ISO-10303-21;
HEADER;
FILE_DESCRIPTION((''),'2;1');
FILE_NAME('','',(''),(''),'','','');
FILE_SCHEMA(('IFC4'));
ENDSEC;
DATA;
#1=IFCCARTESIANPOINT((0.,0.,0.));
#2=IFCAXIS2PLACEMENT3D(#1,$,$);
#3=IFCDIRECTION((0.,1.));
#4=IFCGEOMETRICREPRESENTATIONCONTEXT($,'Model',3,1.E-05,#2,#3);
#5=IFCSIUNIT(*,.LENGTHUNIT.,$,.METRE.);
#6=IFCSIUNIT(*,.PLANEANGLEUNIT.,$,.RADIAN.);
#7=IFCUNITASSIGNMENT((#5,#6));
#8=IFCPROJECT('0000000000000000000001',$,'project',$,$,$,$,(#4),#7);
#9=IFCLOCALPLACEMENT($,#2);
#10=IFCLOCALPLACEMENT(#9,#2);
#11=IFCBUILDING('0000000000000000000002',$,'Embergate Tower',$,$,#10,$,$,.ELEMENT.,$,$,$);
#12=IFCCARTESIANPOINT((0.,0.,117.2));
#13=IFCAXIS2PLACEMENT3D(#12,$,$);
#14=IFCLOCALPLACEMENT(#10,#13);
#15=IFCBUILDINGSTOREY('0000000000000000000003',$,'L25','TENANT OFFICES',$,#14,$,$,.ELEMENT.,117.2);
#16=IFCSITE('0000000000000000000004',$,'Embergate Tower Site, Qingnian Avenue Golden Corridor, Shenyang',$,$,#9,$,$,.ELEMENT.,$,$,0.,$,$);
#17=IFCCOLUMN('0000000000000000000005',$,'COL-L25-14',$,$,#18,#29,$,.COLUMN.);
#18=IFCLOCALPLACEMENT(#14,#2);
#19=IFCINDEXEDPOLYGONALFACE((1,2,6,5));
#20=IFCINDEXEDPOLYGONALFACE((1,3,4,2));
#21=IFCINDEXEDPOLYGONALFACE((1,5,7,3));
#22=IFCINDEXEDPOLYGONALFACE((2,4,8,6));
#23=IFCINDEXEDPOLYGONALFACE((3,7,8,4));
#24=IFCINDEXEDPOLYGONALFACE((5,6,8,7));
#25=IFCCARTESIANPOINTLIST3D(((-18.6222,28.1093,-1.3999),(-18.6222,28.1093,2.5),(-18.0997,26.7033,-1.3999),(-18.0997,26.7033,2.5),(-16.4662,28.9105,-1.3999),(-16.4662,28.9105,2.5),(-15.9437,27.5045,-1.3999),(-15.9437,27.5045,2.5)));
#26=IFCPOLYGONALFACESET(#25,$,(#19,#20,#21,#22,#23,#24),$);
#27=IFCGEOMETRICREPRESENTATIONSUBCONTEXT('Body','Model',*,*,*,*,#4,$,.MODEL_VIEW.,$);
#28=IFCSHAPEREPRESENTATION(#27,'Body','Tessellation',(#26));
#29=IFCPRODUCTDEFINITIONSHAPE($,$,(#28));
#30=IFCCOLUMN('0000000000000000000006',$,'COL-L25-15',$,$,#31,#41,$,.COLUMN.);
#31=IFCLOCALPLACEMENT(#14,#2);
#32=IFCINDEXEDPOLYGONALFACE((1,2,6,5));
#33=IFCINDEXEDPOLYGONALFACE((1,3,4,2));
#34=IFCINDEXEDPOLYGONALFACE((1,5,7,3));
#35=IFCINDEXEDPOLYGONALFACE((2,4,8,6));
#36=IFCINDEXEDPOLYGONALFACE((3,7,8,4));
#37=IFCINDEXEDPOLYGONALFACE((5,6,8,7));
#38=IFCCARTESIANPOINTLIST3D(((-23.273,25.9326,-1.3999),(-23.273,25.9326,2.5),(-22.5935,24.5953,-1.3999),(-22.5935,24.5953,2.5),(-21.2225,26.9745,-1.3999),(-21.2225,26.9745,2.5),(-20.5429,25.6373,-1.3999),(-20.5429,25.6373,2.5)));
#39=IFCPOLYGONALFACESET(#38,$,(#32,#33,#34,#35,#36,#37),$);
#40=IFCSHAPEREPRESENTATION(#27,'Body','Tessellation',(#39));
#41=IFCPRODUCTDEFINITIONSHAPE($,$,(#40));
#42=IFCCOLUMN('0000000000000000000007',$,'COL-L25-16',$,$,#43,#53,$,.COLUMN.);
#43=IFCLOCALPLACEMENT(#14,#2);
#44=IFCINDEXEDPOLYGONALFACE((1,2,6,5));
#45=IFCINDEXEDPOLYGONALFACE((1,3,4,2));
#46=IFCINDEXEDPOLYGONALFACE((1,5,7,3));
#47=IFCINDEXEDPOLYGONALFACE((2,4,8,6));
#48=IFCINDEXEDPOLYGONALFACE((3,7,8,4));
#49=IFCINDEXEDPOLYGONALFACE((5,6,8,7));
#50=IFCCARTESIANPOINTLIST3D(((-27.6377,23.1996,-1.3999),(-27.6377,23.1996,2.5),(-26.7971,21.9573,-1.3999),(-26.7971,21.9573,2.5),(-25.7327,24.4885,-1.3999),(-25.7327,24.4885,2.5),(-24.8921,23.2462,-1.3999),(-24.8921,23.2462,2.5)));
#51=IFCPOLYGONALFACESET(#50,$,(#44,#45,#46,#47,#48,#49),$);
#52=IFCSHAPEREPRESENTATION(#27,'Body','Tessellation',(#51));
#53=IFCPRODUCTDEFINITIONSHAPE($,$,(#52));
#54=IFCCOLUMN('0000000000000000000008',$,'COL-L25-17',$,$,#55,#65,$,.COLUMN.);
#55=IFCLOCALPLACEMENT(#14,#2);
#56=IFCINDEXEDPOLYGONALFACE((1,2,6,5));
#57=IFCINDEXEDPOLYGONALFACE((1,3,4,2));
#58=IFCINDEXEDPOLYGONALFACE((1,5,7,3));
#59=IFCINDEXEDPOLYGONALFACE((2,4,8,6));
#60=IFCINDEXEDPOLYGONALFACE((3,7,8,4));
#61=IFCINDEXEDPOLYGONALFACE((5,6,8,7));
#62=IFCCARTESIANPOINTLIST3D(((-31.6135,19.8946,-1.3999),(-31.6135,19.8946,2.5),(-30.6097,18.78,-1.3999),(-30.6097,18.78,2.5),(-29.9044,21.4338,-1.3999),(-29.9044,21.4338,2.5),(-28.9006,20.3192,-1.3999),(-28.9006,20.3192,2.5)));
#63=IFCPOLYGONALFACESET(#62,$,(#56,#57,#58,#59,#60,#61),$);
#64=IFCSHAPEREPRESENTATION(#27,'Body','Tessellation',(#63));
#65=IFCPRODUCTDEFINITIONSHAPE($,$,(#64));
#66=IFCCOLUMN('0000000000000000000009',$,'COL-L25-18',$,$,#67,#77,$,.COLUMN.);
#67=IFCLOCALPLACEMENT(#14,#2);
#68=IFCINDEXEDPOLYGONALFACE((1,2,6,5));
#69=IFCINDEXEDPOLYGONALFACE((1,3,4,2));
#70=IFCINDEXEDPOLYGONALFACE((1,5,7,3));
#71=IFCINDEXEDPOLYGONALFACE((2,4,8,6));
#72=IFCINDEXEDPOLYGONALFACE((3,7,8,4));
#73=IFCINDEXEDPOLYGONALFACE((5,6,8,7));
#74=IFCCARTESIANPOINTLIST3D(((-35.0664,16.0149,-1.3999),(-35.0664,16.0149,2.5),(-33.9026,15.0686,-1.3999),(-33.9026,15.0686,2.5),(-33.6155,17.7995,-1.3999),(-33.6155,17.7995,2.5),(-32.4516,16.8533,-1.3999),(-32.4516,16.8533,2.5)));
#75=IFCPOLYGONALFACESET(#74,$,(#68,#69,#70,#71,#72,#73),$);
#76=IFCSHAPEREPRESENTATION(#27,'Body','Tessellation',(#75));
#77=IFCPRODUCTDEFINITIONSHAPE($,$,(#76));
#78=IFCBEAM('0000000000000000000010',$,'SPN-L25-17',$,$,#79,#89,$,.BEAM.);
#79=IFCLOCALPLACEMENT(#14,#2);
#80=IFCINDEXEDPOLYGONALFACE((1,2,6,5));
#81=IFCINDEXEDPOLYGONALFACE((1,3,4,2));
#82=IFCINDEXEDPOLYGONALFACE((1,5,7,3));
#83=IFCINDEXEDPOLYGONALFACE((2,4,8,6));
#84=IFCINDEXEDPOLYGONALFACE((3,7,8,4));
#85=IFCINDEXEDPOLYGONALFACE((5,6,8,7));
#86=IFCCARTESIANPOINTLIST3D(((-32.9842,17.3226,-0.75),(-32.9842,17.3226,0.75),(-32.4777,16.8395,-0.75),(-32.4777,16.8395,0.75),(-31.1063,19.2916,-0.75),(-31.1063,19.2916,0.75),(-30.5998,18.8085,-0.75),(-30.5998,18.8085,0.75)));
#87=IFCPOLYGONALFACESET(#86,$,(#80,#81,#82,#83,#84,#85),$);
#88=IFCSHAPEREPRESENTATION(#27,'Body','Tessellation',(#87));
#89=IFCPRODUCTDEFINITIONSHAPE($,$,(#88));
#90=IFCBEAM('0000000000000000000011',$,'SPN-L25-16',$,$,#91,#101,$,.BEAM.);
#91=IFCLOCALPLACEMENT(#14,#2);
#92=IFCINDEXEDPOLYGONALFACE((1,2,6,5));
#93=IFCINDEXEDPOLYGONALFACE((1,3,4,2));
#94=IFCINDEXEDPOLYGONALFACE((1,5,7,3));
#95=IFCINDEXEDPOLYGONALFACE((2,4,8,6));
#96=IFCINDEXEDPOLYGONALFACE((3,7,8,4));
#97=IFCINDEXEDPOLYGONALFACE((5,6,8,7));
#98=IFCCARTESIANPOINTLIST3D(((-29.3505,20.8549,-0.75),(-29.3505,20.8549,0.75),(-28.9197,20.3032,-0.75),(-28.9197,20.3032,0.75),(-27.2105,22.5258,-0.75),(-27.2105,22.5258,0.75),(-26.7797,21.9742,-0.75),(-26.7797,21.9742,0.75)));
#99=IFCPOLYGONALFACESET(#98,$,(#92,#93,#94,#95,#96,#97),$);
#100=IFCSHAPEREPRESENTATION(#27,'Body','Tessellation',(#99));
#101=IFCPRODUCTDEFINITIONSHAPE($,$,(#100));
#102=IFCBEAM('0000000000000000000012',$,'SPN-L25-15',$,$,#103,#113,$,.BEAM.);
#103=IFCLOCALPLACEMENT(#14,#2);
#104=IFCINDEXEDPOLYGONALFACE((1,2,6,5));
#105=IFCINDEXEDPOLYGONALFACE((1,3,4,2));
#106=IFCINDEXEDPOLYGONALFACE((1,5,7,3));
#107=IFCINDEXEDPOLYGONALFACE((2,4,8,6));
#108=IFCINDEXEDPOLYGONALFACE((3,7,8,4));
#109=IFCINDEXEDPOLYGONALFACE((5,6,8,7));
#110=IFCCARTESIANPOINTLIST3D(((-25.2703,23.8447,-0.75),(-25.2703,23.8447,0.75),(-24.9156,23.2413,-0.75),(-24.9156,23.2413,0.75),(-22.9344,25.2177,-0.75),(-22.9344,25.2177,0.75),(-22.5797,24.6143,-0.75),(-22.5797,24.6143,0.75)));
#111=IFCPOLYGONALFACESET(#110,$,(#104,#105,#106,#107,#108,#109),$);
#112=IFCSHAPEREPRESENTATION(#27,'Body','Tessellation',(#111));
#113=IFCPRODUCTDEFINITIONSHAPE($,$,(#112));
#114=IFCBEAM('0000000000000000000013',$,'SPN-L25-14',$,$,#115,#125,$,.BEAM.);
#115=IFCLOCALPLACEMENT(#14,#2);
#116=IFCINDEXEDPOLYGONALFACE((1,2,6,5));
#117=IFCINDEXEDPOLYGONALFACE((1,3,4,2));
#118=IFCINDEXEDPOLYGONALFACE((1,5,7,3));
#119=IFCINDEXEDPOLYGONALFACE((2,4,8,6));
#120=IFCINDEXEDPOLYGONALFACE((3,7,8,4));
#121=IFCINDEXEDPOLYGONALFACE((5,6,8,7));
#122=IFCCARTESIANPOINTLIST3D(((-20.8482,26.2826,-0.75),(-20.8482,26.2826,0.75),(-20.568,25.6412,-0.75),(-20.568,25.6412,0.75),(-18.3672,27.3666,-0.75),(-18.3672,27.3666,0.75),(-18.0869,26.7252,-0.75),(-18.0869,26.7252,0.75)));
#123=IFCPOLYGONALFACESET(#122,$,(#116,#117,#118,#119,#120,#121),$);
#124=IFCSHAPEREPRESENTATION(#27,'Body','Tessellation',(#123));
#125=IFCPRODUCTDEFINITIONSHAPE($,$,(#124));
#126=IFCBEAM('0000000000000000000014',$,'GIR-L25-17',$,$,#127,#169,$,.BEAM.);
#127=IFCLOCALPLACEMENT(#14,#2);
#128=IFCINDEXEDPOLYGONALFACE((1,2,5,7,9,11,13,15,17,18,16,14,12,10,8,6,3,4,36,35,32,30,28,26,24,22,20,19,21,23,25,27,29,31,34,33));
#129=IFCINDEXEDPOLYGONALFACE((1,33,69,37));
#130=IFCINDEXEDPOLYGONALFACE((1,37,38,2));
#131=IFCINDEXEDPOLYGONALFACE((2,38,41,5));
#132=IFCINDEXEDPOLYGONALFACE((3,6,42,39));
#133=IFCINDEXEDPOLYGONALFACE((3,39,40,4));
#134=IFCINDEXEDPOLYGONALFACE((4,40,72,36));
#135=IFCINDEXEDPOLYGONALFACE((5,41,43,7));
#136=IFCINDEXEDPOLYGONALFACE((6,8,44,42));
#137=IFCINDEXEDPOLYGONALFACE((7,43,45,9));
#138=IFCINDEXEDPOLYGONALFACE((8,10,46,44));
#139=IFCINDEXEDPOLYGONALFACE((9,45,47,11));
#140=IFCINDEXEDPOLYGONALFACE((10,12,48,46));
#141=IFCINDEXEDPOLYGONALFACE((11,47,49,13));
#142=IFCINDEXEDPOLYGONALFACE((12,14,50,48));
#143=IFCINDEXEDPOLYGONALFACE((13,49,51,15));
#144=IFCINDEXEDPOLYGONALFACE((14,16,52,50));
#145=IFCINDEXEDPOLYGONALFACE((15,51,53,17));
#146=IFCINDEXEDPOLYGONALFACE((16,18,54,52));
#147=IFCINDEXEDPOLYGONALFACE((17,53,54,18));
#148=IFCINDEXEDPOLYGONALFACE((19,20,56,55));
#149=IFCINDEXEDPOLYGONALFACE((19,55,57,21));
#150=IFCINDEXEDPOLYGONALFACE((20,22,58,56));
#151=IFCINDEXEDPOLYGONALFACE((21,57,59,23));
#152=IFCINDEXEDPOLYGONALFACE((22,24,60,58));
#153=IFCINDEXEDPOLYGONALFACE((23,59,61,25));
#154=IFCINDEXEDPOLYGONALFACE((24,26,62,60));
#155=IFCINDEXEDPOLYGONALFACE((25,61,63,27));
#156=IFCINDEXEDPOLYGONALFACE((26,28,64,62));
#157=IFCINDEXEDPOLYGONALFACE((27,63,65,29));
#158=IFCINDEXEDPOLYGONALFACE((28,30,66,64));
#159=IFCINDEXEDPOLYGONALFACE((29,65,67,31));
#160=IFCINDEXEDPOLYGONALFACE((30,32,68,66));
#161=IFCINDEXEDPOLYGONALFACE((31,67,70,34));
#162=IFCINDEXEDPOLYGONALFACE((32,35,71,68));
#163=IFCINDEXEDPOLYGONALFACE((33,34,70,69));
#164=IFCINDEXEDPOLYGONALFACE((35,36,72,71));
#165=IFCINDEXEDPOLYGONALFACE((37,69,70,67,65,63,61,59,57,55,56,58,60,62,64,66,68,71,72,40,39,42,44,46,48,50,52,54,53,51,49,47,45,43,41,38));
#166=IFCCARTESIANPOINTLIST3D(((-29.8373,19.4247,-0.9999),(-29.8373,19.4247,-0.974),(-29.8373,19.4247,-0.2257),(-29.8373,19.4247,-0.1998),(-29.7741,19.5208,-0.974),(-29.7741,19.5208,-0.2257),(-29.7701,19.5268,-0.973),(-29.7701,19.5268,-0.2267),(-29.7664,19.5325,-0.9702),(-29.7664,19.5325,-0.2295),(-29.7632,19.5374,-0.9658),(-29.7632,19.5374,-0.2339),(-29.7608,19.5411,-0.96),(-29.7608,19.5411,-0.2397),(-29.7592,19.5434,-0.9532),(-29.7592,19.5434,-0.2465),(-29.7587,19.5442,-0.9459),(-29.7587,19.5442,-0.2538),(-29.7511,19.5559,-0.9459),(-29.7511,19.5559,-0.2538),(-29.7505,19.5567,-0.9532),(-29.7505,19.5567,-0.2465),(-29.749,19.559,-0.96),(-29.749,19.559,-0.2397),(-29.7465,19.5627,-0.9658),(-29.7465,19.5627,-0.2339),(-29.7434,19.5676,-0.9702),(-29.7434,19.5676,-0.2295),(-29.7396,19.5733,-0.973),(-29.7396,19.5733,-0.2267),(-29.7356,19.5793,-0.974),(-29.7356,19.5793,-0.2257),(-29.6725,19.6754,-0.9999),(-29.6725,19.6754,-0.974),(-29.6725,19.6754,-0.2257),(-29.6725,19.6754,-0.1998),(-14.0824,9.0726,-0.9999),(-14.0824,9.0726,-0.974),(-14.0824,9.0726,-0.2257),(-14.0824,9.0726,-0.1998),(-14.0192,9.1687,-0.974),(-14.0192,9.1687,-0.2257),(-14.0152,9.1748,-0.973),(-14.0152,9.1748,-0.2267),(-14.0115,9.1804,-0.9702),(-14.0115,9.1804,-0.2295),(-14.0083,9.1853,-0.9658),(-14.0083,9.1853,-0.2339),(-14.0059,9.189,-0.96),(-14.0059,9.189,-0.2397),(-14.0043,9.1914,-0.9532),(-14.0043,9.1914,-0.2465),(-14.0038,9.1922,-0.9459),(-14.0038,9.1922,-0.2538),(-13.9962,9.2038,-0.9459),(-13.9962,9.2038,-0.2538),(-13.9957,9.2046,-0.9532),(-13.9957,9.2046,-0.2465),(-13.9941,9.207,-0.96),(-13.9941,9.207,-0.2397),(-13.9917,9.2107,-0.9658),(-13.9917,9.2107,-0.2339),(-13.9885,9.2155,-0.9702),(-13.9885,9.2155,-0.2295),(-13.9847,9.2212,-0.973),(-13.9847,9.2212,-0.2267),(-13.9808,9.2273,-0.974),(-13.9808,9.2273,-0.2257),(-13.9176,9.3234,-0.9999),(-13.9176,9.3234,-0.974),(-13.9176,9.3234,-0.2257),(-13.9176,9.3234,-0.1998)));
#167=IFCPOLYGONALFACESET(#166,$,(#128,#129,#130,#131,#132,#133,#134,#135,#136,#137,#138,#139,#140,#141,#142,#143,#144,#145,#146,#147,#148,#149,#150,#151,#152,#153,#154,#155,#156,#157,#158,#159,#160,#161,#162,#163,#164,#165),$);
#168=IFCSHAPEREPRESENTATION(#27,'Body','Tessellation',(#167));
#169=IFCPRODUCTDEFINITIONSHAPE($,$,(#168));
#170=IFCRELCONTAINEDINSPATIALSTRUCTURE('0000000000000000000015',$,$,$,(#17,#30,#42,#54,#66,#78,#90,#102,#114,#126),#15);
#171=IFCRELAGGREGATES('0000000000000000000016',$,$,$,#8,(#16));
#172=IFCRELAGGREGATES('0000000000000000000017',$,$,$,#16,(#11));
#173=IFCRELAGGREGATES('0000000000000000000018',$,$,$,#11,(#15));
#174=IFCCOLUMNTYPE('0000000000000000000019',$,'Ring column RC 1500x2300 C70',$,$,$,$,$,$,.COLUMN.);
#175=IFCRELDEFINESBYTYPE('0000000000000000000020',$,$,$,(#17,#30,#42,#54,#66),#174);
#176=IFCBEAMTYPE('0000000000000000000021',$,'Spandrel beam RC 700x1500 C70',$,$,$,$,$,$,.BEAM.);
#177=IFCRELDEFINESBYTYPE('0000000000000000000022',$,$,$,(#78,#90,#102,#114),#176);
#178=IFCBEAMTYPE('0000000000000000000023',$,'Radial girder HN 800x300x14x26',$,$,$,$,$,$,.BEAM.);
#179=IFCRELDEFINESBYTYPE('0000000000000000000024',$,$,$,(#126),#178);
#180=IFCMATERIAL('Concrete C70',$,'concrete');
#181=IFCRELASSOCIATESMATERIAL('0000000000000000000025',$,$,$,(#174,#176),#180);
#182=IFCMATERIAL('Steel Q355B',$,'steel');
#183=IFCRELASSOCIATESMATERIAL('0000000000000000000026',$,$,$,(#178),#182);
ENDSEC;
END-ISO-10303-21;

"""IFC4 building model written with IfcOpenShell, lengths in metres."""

from ifc_helpers import new_model, si_unit, direction, frame, origin, origin_2d, place, context, subcontext, project, spatial, rectangle, i_section, extrude, source, transform, mapped, material, material_profile, profile_set, type_object, element, save


model = new_model("IFC4")

# Units and contexts
model_context = context("Model", 3, precision=1e-05, world=origin(), true_north=direction((0.0, 1.0)))
body_context = subcontext(model_context, "Body", "Model", "MODEL_VIEW")
ifc_project = project(units=[si_unit("LENGTHUNIT", "METRE"), si_unit("PLANEANGLEUNIT", "RADIAN")], contexts=[model_context])

# Site, building, storey
site_placement = place(None, origin())
site = spatial("IfcSite", under=ifc_project, at=site_placement, Name="Embergate Tower Site, Qingnian Avenue Golden Corridor, Shenyang", CompositionType="ELEMENT", RefElevation=0.0)
building_placement = place(site_placement, origin())
building = spatial("IfcBuilding", under=site, at=building_placement, Name="Embergate Tower", CompositionType="ELEMENT")
storey_placement = place(building_placement, frame((0.0, 0.0, 117.2)))
storey = spatial("IfcBuildingStorey", under=building, at=storey_placement, Name="L25", Description="TENANT OFFICES", CompositionType="ELEMENT", Elevation=117.2)

# Columns
ifc_material_1 = material(Name="Concrete C70", Category="concrete")
ifc_material_profile_1 = material_profile(ifc_material_1, rectangle(XDim=1.5, YDim=2.3, at=origin_2d()), Name="RC 1500x2300")
ifc_profile_set_1 = profile_set([ifc_material_profile_1], Name="Concrete C70")
column_type = type_object("IfcColumnType", Name="Ring column RC 1500x2300 C70", PredefinedType="COLUMN", material=ifc_profile_set_1)
shared_shape_1 = source(origin(), body_context, "Body", "SweptSolid", [
    extrude(rectangle(XDim=1.5, YDim=2.3, at=origin_2d()), origin(), (0.0, 0.0, 1.0), 3.8999),
])
for number, where, z_axis, x_axis, name in (
    (1, (-17.283, 27.8069, -1.3999), (0.0, 0.0, 1.0), (-0.348343, 0.937367, 0.0), "COL-L25-14"),
    (2, (-21.908, 25.7849, -1.3999), (0.0, 0.0, 1.0), (-0.453011, 0.891505, 0.0), "COL-L25-15"),
    (3, (-26.2649, 23.2229, -1.3999), (0.0, 0.0, 1.0), (-0.560393, 0.828227, 0.0), "COL-L25-16"),
    (4, (-30.2571, 20.1069, -1.3999), (0.0, 0.0, 1.0), (-0.669208, 0.743075, 0.0), "COL-L25-17"),
    (5, (-33.759, 16.4341, -1.3999), (0.0, 0.0, 1.0), (-0.775925, 0.630825, 0.0), "COL-L25-18"),
):
    element("IfcColumn", number, at=place(storey_placement, frame(where, z_axis=z_axis, x_axis=x_axis)), inside=storey, type_object=column_type, Name=name, PredefinedType="COLUMN", context=body_context, shape_type="MappedRepresentation", body=[
        mapped(shared_shape_1, transform((0.0, 0.0, 0.0))),
    ])

# Beams
ifc_material_profile_2 = material_profile(ifc_material_1, rectangle(XDim=0.7, YDim=1.5, at=origin_2d()), Name="RC 700x1500")
ifc_profile_set_2 = profile_set([ifc_material_profile_2], Name="Concrete C70")
beam_type_1 = type_object("IfcBeamType", Name="Spandrel beam RC 700x1500 C70", PredefinedType="BEAM", material=ifc_profile_set_2)
shared_shape_2 = source(origin(), body_context, "Body", "SweptSolid", [
    extrude(rectangle(XDim=0.7, YDim=1.5, at=origin_2d()), origin(), (0.0, 0.0, 1.0), 2.7209),
])
beam_1_placement = place(storey_placement, frame((-30.853, 19.05, 0.0), z_axis=(-0.690175, -0.723643, 0.0), x_axis=(0.723643, -0.690175, 0.0)))
element("IfcBeam", 6, at=beam_1_placement, inside=storey, type_object=beam_type_1, Name="SPN-L25-17", PredefinedType="BEAM", context=body_context, shape_type="MappedRepresentation", body=[
    mapped(shared_shape_2, transform((0.0, 0.0, 0.0))),
])
shared_shape_3 = source(origin(), body_context, "Body", "SweptSolid", [
    extrude(rectangle(XDim=0.7, YDim=1.5, at=origin_2d()), origin(), (0.0, 0.0, 1.0), 2.7151),
])
beam_2_placement = place(storey_placement, frame((-26.9951, 22.25, 0.0), z_axis=(-0.788184, -0.61544, 0.0), x_axis=(0.61544, -0.788184, 0.0)))
element("IfcBeam", 7, at=beam_2_placement, inside=storey, type_object=beam_type_1, Name="SPN-L25-16", PredefinedType="BEAM", context=body_context, shape_type="MappedRepresentation", body=[
    mapped(shared_shape_3, transform((0.0, 0.0, 0.0))),
])
shared_shape_4 = source(origin(), body_context, "Body", "SweptSolid", [
    extrude(rectangle(XDim=0.7, YDim=1.5, at=origin_2d()), origin(), (0.0, 0.0, 1.0), 2.7095),
])
beam_3_placement = place(storey_placement, frame((-22.7571, 24.916, 0.0), z_axis=(-0.862101, -0.506737, 0.0), x_axis=(0.506737, -0.862101, 0.0)))
element("IfcBeam", 8, at=beam_3_placement, inside=storey, type_object=beam_type_1, Name="SPN-L25-15", PredefinedType="BEAM", context=body_context, shape_type="MappedRepresentation", body=[
    mapped(shared_shape_4, transform((0.0, 0.0, 0.0))),
])
shared_shape_5 = source(origin(), body_context, "Body", "SweptSolid", [
    extrude(rectangle(XDim=0.7, YDim=1.5, at=origin_2d()), origin(), (0.0, 0.0, 1.0), 2.7075),
])
beam_4_placement = place(storey_placement, frame((-18.2271, 27.0459, 0.0), z_axis=(-0.916352, -0.400374, 0.0), x_axis=(0.400374, -0.916352, 0.0)))
element("IfcBeam", 9, at=beam_4_placement, inside=storey, type_object=beam_type_1, Name="SPN-L25-14", PredefinedType="BEAM", context=body_context, shape_type="MappedRepresentation", body=[
    mapped(shared_shape_5, transform((0.0, 0.0, 0.0))),
])
ifc_material_2 = material(Name="Steel Q355B", Category="steel")
ifc_material_profile_3 = material_profile(ifc_material_2, i_section(OverallWidth=0.3, OverallDepth=0.8, WebThickness=0.0139, FlangeThickness=0.0259, FilletRadius=0.0281, at=origin_2d()), Name="HN 800x300x14x26")
ifc_profile_set_3 = profile_set([ifc_material_profile_3], Name="Steel Q355 grade B")
beam_type_2 = type_object("IfcBeamType", Name="Radial girder HN 800x300x14x26", PredefinedType="BEAM", material=ifc_profile_set_3)
shared_shape_6 = source(origin(), body_context, "Body", "SweptSolid", [
    extrude(i_section(OverallWidth=0.3, OverallDepth=0.8, WebThickness=0.0139, FlangeThickness=0.0259, FilletRadius=0.0281, at=origin_2d()), origin(), (0.0, 0.0, 1.0), 18.8516),
])
beam_5_placement = place(storey_placement, frame((-29.7549, 19.55, -0.5999), z_axis=(0.835734, -0.549135, 0.0), x_axis=(0.549135, 0.835734, 0.0)))
element("IfcBeam", 10, at=beam_5_placement, inside=storey, type_object=beam_type_2, Name="GIR-L25-17", PredefinedType="BEAM", context=body_context, shape_type="MappedRepresentation", body=[
    mapped(shared_shape_6, transform((0.0, 0.0, 0.0))),
])

save(model, "model.ifc")
